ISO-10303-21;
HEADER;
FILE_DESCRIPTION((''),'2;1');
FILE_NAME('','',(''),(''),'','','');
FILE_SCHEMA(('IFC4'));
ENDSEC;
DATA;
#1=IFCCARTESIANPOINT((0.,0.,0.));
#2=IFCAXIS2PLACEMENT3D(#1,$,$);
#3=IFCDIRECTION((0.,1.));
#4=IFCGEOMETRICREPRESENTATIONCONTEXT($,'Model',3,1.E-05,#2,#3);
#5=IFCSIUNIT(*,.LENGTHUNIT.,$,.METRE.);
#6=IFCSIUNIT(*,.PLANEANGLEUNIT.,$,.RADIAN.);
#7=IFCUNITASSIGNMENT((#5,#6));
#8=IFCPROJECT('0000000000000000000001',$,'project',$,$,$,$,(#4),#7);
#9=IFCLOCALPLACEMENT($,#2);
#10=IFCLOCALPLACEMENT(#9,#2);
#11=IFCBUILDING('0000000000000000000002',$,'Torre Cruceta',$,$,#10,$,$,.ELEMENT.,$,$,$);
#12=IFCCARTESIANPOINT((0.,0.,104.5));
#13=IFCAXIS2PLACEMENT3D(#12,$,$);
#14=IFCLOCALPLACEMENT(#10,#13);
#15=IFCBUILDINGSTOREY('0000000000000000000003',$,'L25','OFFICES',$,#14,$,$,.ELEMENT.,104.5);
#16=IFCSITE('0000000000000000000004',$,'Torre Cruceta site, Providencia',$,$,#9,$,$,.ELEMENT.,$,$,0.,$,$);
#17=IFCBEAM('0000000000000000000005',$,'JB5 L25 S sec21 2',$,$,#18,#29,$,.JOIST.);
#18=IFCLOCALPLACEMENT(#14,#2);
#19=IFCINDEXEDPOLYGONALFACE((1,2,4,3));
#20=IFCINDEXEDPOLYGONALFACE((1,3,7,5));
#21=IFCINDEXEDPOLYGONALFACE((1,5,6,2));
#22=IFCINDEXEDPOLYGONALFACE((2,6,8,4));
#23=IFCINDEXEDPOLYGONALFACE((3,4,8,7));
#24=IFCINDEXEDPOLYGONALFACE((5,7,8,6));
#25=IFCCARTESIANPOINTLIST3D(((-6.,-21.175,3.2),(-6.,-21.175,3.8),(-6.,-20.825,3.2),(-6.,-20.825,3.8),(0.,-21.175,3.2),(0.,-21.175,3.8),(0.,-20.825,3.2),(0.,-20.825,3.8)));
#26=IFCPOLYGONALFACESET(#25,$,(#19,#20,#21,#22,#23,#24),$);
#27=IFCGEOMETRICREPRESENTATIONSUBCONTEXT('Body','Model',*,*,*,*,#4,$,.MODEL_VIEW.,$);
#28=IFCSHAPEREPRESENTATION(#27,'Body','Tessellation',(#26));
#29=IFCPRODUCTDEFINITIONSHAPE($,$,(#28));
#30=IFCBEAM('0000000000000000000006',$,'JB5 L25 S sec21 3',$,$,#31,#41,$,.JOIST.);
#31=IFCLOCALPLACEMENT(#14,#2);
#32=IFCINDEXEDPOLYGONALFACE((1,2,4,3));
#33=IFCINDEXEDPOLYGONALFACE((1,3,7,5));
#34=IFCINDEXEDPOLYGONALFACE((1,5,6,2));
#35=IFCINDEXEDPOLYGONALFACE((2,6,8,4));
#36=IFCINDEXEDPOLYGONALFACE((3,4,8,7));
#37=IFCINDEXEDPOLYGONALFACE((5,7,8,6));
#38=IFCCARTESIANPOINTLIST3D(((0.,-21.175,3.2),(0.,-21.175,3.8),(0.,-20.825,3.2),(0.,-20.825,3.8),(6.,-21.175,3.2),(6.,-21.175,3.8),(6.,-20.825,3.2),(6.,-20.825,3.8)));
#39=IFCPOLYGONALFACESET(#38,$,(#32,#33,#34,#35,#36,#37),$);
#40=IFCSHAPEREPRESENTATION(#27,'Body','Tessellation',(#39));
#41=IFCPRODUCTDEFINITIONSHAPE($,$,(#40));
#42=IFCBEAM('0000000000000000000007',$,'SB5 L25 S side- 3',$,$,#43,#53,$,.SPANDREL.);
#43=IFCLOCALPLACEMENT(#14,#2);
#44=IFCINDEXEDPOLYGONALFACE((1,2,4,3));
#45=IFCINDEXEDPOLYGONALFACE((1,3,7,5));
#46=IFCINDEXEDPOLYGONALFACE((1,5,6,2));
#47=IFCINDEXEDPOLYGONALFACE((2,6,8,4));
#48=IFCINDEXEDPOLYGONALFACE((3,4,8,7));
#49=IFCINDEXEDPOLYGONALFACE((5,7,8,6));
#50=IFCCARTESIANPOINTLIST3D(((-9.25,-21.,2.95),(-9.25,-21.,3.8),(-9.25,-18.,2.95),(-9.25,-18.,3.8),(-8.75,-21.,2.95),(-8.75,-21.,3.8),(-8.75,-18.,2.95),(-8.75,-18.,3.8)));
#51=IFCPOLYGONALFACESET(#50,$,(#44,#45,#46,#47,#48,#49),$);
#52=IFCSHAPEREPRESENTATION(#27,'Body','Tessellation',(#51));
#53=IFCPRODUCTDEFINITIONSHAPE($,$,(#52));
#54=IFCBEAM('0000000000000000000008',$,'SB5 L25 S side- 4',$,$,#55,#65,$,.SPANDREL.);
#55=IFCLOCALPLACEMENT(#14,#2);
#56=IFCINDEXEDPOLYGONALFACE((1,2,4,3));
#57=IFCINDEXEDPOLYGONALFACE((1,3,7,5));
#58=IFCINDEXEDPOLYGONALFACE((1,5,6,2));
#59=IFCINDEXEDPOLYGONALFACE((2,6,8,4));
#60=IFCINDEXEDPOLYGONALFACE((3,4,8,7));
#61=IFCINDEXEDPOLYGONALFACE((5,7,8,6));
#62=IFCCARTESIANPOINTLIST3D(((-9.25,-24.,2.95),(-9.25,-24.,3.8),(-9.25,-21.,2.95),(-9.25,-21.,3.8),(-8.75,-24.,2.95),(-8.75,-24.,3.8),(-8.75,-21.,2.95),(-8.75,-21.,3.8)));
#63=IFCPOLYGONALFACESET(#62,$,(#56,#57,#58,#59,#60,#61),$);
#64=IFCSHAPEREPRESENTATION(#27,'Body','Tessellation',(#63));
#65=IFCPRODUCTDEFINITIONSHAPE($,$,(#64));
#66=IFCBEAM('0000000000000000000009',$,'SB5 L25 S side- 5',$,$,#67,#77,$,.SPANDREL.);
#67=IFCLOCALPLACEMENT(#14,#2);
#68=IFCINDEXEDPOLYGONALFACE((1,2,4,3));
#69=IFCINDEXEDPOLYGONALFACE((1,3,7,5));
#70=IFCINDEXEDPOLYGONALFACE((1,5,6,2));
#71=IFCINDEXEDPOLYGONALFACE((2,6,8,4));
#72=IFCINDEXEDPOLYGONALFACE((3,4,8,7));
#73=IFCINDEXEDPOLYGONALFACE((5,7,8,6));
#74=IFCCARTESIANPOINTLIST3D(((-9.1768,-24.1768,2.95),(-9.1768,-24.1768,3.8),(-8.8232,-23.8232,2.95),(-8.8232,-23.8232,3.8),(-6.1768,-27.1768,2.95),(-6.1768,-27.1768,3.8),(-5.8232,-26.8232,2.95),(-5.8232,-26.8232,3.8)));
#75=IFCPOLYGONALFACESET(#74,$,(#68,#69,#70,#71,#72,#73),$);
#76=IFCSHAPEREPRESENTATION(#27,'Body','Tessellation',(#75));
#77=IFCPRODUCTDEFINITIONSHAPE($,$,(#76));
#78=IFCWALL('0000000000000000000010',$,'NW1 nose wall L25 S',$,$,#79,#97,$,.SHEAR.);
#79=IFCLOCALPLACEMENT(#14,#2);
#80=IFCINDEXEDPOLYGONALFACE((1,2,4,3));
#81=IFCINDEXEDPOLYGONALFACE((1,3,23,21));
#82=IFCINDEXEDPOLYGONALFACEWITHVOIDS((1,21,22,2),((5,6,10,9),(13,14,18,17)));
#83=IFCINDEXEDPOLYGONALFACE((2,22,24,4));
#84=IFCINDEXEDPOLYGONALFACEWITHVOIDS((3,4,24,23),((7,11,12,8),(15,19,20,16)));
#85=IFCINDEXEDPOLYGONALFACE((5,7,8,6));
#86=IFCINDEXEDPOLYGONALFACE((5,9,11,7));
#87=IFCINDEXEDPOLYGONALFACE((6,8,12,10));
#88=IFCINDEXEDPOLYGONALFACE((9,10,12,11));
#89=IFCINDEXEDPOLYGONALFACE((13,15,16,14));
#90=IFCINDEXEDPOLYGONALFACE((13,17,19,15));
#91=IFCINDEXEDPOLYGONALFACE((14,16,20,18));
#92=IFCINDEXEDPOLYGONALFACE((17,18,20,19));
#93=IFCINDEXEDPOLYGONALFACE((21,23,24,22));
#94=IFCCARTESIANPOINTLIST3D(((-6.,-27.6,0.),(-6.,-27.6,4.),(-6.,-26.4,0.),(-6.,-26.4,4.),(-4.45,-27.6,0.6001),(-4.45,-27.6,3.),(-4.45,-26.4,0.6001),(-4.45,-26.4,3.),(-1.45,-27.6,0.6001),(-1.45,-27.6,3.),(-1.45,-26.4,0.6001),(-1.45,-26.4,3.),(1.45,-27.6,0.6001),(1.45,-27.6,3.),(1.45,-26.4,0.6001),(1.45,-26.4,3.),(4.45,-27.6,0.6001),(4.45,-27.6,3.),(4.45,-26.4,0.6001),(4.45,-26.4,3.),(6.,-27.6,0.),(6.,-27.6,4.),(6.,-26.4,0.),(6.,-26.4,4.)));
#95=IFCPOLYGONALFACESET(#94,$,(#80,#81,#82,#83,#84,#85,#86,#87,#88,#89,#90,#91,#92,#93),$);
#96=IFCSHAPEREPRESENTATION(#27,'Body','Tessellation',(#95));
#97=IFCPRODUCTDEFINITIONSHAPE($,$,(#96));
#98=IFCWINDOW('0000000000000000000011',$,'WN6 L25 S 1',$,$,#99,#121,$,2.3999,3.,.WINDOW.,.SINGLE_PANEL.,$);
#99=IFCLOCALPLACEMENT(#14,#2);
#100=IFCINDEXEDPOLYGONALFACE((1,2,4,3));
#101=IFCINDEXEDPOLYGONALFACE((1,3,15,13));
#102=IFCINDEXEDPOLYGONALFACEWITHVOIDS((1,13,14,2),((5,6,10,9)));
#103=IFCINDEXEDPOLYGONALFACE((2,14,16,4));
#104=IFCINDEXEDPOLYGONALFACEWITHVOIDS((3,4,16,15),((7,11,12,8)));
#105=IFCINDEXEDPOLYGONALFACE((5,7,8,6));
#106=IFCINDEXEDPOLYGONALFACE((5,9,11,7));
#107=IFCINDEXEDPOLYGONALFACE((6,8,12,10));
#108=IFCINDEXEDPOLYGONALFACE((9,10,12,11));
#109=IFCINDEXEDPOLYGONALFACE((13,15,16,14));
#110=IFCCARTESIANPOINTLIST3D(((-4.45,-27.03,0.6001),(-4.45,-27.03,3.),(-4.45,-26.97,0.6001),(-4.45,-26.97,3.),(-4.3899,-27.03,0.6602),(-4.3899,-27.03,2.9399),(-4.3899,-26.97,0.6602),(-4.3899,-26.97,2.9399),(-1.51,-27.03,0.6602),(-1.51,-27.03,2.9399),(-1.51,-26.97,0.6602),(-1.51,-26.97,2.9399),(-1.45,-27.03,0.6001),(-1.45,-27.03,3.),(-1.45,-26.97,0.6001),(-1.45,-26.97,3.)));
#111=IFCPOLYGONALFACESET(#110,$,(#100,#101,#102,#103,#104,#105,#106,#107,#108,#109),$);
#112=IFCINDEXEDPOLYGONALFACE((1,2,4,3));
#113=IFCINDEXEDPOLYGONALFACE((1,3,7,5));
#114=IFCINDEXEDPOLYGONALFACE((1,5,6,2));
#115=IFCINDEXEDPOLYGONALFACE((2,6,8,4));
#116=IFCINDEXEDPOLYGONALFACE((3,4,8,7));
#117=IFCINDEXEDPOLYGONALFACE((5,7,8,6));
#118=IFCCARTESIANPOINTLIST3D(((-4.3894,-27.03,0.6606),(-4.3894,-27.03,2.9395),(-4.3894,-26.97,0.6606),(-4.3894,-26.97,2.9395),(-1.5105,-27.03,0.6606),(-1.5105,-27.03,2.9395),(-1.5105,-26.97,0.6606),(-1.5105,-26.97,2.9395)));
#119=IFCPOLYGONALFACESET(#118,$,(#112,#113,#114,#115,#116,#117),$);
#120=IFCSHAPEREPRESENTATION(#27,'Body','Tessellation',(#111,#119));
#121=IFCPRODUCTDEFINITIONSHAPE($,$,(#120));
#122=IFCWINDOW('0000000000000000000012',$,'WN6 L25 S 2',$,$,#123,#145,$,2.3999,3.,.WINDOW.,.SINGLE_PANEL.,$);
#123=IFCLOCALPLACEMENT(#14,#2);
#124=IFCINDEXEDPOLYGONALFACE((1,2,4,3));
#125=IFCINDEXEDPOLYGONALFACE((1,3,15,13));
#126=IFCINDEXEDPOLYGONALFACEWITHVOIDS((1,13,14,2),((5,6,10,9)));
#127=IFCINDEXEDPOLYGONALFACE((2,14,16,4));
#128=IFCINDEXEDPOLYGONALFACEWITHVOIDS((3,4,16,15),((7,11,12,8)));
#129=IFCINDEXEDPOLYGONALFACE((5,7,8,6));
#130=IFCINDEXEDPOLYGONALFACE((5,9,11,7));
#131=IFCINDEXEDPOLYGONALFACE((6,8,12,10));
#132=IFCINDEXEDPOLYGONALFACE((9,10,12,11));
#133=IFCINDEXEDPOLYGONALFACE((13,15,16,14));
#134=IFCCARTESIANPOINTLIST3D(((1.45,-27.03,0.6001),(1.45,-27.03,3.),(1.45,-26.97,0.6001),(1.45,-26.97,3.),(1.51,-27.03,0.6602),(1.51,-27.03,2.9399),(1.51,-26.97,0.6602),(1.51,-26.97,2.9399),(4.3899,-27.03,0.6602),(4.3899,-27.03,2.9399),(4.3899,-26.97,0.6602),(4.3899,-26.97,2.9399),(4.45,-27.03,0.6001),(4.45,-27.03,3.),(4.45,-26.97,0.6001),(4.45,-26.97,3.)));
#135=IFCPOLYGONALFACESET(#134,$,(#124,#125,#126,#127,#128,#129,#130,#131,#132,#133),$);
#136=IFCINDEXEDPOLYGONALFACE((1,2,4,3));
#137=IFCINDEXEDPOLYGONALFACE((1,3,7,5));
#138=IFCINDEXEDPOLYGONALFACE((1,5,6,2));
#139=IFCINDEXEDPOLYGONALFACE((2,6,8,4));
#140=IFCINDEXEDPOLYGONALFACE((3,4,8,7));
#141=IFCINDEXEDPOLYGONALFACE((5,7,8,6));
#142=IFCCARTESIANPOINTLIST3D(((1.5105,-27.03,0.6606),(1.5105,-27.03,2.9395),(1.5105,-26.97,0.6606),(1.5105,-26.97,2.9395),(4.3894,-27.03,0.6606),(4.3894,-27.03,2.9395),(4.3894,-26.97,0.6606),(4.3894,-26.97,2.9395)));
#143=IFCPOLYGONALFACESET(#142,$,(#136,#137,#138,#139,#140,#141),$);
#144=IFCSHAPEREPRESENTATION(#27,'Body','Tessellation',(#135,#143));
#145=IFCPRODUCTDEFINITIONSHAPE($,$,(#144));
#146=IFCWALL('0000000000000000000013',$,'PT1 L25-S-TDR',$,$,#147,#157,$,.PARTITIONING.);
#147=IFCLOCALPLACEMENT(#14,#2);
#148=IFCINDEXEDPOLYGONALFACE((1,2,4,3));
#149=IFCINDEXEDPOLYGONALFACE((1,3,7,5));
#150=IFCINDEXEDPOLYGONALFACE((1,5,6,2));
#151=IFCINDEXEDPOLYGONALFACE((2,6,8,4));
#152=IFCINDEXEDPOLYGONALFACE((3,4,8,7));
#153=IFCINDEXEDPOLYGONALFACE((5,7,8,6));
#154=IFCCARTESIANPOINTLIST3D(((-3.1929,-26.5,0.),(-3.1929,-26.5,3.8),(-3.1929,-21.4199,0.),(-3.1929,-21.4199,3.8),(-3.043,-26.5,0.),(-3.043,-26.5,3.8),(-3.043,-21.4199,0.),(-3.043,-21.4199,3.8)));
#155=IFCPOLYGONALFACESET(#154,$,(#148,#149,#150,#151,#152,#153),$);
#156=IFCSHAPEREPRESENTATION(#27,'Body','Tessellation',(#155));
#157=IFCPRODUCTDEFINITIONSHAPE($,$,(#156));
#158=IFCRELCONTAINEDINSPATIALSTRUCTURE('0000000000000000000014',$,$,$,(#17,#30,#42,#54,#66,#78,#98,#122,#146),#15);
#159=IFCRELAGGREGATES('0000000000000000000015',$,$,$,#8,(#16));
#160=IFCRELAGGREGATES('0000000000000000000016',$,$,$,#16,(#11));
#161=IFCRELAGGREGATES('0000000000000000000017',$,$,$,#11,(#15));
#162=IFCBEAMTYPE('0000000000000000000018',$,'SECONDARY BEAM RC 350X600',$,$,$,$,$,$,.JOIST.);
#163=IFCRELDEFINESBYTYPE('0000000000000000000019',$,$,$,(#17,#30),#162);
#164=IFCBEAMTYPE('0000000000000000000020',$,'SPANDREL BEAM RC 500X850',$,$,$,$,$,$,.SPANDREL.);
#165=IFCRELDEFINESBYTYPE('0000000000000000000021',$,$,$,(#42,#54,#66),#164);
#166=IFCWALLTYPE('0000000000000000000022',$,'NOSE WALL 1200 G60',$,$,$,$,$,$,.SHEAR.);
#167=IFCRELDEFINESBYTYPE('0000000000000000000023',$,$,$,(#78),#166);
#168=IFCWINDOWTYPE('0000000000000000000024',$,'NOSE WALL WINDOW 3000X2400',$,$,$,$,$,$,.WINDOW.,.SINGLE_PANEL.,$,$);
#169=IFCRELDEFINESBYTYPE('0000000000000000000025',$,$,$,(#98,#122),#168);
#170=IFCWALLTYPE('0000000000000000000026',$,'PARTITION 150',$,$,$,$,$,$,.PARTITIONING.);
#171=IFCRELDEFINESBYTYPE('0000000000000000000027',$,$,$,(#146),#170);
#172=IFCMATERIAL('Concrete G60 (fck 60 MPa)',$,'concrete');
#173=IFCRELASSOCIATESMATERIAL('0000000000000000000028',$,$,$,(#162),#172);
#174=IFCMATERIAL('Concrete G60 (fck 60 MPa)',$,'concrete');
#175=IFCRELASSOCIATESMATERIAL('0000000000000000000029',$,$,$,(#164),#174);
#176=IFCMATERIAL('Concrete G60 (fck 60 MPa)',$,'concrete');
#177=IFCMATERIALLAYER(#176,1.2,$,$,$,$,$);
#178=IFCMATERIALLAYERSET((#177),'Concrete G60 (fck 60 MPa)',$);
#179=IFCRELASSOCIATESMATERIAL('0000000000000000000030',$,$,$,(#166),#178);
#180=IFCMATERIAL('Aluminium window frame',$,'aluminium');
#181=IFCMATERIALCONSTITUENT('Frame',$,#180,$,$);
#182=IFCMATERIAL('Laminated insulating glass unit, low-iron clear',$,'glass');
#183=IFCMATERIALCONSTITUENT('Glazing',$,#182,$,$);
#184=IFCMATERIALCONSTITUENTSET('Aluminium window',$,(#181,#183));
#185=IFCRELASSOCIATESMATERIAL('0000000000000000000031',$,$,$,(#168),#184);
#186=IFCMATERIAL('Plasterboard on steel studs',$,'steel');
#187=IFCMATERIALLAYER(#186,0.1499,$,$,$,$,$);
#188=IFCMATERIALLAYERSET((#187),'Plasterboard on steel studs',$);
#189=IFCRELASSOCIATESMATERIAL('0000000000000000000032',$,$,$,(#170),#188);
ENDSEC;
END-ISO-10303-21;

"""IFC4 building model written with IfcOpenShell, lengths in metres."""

from ifc_helpers import new_model, si_unit, direction, frame, frame_2d, origin, origin_2d, place, context, subcontext, project, spatial, rectangle, hollow_rectangle, extrude, material, layer, layer_set, constituent, constituent_set, material_profile, profile_set, type_object, element, fill, save


model = new_model("IFC4")

# Units and contexts
model_context = context("Model", 3, precision=1e-05, world=origin(), true_north=direction((0.0, 1.0)))
body_context = subcontext(model_context, "Body", "Model", "MODEL_VIEW")
ifc_project = project(units=[si_unit("LENGTHUNIT", "METRE"), si_unit("PLANEANGLEUNIT", "RADIAN")], contexts=[model_context])

# Site, building, storey
site_placement = place(None, origin())
site = spatial("IfcSite", under=ifc_project, at=site_placement, Name="Torre Cruceta site, Providencia", CompositionType="ELEMENT", RefElevation=0.0)
building_placement = place(site_placement, origin())
building = spatial("IfcBuilding", under=site, at=building_placement, Name="Torre Cruceta", CompositionType="ELEMENT")
storey_placement = place(building_placement, frame((0.0, 0.0, 104.5)))
storey = spatial("IfcBuildingStorey", under=building, at=storey_placement, Name="L25", Description="OFFICES", CompositionType="ELEMENT", Elevation=104.5)

# Beams
ifc_material_1 = material(Name="Concrete G60 (fck 60 MPa)", Category="concrete")
ifc_material_profile_1 = material_profile(ifc_material_1, rectangle(XDim=0.3501, YDim=0.6001, at=origin_2d()), Name="RC 350X600")
ifc_profile_set_1 = profile_set([ifc_material_profile_1], Name="Concrete G60 (fck 60 MPa)")
beam_type_1 = type_object("IfcBeamType", Name="SECONDARY BEAM RC 350X600", PredefinedType="JOIST", material=ifc_profile_set_1)
for number, where, z_axis, x_axis, name in (
    (1, (-6.0, -21.0, 3.5), (1.0, 0.0, 0.0), (0.0, 1.0, 0.0), "JB5 L25 S sec21 2"),
    (2, (0.0, -21.0, 3.5), (1.0, 0.0, 0.0), (0.0, 1.0, 0.0), "JB5 L25 S sec21 3"),
):
    element("IfcBeam", number, at=place(storey_placement, frame(where, z_axis=z_axis, x_axis=x_axis)), inside=storey, type_object=beam_type_1, Name=name, PredefinedType="JOIST", context=body_context, shape_type="SweptSolid", body=[
        extrude(rectangle(XDim=0.3501, YDim=0.6001, at=origin_2d()), origin(), (0.0, 0.0, 1.0), 6.0),
    ])
ifc_material_2 = material(Name="Concrete G60 (fck 60 MPa)", Category="concrete")
ifc_material_profile_2 = material_profile(ifc_material_2, rectangle(XDim=0.5, YDim=0.8501, at=origin_2d()), Name="RC 500X850")
ifc_profile_set_2 = profile_set([ifc_material_profile_2], Name="Concrete G60 (fck 60 MPa)")
beam_type_2 = type_object("IfcBeamType", Name="SPANDREL BEAM RC 500X850", PredefinedType="SPANDREL", material=ifc_profile_set_2)
for number, where, z_axis, x_axis, name in (
    (3, (-9.0, -18.0, 3.375), (0.0, -1.0, 0.0), (1.0, 0.0, 0.0), "SB5 L25 S side- 3"),
    (4, (-9.0, -21.0, 3.375), (0.0, -1.0, 0.0), (1.0, 0.0, 0.0), "SB5 L25 S side- 4"),
):
    element("IfcBeam", number, at=place(storey_placement, frame(where, z_axis=z_axis, x_axis=x_axis)), inside=storey, type_object=beam_type_2, Name=name, PredefinedType="SPANDREL", context=body_context, shape_type="SweptSolid", body=[
        extrude(rectangle(XDim=0.5, YDim=0.8501, at=origin_2d()), origin(), (0.0, 0.0, 1.0), 3.0),
    ])
beam_1_placement = place(storey_placement, frame((-9.0, -24.0, 3.375), z_axis=(0.707107, -0.707107, 0.0), x_axis=(0.707107, 0.707107, 0.0)))
element("IfcBeam", 5, at=beam_1_placement, inside=storey, type_object=beam_type_2, Name="SB5 L25 S side- 5", PredefinedType="SPANDREL", context=body_context, shape_type="SweptSolid", body=[
    extrude(rectangle(XDim=0.5, YDim=0.8501, at=origin_2d()), origin(), (0.0, 0.0, 1.0), 4.2427),
])

# Wall, openings, windows
ifc_material_3 = material(Name="Concrete G60 (fck 60 MPa)", Category="concrete")
ifc_layer_1 = layer(ifc_material_3, 1.2)
ifc_layer_set_1 = layer_set([ifc_layer_1], Name="Concrete G60 (fck 60 MPa)")
wall_type_1 = type_object("IfcWallType", Name="NOSE WALL 1200 G60", PredefinedType="SHEAR", material=ifc_layer_set_1)
wall_1_placement = place(storey_placement, frame((-6.0, -27.0, 0.0), z_axis=(0.0, 0.0, 1.0), x_axis=(1.0, 0.0, 0.0)))
wall_1 = element("IfcWall", 6, at=wall_1_placement, inside=storey, type_object=wall_type_1, Name="NW1 nose wall L25 S", PredefinedType="SHEAR", context=body_context, shape_type="SweptSolid", body=[
    extrude(rectangle(XDim=12.0, YDim=1.2, at=frame_2d((6.0, 0.0))), origin(), (0.0, 0.0, 1.0), 4.0),
])
opening_1_placement = place(wall_1_placement, frame((1.55, 0.0, 0.6001)))
opening_1 = element("IfcOpeningElement", 7, at=opening_1_placement, cuts=wall_1, PredefinedType="OPENING", context=body_context, shape_type="SweptSolid", body=[
    extrude(rectangle(XDim=3.0, YDim=2.3999, at=frame_2d((1.5, 1.2))), frame((0.0, 0.6099, 0.0), z_axis=(0.0, -1.0, 0.0), x_axis=(1.0, 0.0, 0.0)), (0.0, 0.0, 1.0), 1.22),
])
opening_2_placement = place(wall_1_placement, frame((7.45, 0.0, 0.6001)))
opening_2 = element("IfcOpeningElement", 8, at=opening_2_placement, cuts=wall_1, PredefinedType="OPENING", context=body_context, shape_type="SweptSolid", body=[
    extrude(rectangle(XDim=3.0, YDim=2.3999, at=frame_2d((1.5, 1.2))), frame((0.0, 0.6099, 0.0), z_axis=(0.0, -1.0, 0.0), x_axis=(1.0, 0.0, 0.0)), (0.0, 0.0, 1.0), 1.22),
])
ifc_material_4 = material(Name="Aluminium window frame", Category="aluminium")
ifc_constituent_1 = constituent(ifc_material_4, Name="Frame")
ifc_material_5 = material(Name="Laminated insulating glass unit, low-iron clear", Category="glass")
ifc_constituent_2 = constituent(ifc_material_5, Name="Glazing")
ifc_constituent_set_1 = constituent_set(constituents=[ifc_constituent_1, ifc_constituent_2], Name="Aluminium window")
window_type = type_object("IfcWindowType", Name="NOSE WALL WINDOW 3000X2400", PartitioningType="SINGLE_PANEL", PredefinedType="WINDOW", material=ifc_constituent_set_1)
window_1_placement = place(opening_1_placement, origin())
window_1 = element("IfcWindow", 9, at=window_1_placement, inside=storey, type_object=window_type, Name="WN6 L25 S 1", OverallHeight=2.3999, OverallWidth=3.0, PartitioningType="SINGLE_PANEL", PredefinedType="WINDOW", context=body_context, shape_type="SweptSolid", body=[
    extrude(hollow_rectangle(XDim=3.0, YDim=2.3999, WallThickness=0.0601, at=frame_2d((1.5, 1.2))), frame((0.0, 0.03, 0.0), z_axis=(0.0, -1.0, 0.0), x_axis=(1.0, 0.0, 0.0)), (0.0, 0.0, 1.0), 0.0601),
    extrude(rectangle(XDim=2.8789, YDim=2.2788, at=frame_2d((1.5, 1.2))), frame((0.0, 0.03, 0.0), z_axis=(0.0, -1.0, 0.0), x_axis=(1.0, 0.0, 0.0)), (0.0, 0.0, 1.0), 0.0601),
])
fill(opening_1, window_1)
window_2_placement = place(opening_2_placement, origin())
window_2 = element("IfcWindow", 10, at=window_2_placement, inside=storey, type_object=window_type, Name="WN6 L25 S 2", OverallHeight=2.3999, OverallWidth=3.0, PartitioningType="SINGLE_PANEL", PredefinedType="WINDOW", context=body_context, shape_type="SweptSolid", body=[
    extrude(hollow_rectangle(XDim=3.0, YDim=2.3999, WallThickness=0.0601, at=frame_2d((1.5, 1.2))), frame((0.0, 0.03, 0.0), z_axis=(0.0, -1.0, 0.0), x_axis=(1.0, 0.0, 0.0)), (0.0, 0.0, 1.0), 0.0601),
    extrude(rectangle(XDim=2.8789, YDim=2.2788, at=frame_2d((1.5, 1.2))), frame((0.0, 0.03, 0.0), z_axis=(0.0, -1.0, 0.0), x_axis=(1.0, 0.0, 0.0)), (0.0, 0.0, 1.0), 0.0601),
])
fill(opening_2, window_2)

# Wall
ifc_material_6 = material(Name="Plasterboard on steel studs", Category="steel")
ifc_layer_2 = layer(ifc_material_6, 0.1499)
ifc_layer_set_2 = layer_set([ifc_layer_2], Name="Plasterboard on steel studs")
wall_type_2 = type_object("IfcWallType", Name="PARTITION 150", PredefinedType="PARTITIONING", material=ifc_layer_set_2)
wall_2_placement = place(storey_placement, frame((-3.1179, -21.4199, 0.0), z_axis=(0.0, 0.0, 1.0), x_axis=(0.0, -1.0, 0.0)))
element("IfcWall", 11, at=wall_2_placement, inside=storey, type_object=wall_type_2, Name="PT1 L25-S-TDR", PredefinedType="PARTITIONING", context=body_context, shape_type="SweptSolid", body=[
    extrude(rectangle(XDim=5.0801, YDim=0.1499, at=frame_2d((2.54, 0.0))), origin(), (0.0, 0.0, 1.0), 3.8),
])

save(model, "model.ifc")
